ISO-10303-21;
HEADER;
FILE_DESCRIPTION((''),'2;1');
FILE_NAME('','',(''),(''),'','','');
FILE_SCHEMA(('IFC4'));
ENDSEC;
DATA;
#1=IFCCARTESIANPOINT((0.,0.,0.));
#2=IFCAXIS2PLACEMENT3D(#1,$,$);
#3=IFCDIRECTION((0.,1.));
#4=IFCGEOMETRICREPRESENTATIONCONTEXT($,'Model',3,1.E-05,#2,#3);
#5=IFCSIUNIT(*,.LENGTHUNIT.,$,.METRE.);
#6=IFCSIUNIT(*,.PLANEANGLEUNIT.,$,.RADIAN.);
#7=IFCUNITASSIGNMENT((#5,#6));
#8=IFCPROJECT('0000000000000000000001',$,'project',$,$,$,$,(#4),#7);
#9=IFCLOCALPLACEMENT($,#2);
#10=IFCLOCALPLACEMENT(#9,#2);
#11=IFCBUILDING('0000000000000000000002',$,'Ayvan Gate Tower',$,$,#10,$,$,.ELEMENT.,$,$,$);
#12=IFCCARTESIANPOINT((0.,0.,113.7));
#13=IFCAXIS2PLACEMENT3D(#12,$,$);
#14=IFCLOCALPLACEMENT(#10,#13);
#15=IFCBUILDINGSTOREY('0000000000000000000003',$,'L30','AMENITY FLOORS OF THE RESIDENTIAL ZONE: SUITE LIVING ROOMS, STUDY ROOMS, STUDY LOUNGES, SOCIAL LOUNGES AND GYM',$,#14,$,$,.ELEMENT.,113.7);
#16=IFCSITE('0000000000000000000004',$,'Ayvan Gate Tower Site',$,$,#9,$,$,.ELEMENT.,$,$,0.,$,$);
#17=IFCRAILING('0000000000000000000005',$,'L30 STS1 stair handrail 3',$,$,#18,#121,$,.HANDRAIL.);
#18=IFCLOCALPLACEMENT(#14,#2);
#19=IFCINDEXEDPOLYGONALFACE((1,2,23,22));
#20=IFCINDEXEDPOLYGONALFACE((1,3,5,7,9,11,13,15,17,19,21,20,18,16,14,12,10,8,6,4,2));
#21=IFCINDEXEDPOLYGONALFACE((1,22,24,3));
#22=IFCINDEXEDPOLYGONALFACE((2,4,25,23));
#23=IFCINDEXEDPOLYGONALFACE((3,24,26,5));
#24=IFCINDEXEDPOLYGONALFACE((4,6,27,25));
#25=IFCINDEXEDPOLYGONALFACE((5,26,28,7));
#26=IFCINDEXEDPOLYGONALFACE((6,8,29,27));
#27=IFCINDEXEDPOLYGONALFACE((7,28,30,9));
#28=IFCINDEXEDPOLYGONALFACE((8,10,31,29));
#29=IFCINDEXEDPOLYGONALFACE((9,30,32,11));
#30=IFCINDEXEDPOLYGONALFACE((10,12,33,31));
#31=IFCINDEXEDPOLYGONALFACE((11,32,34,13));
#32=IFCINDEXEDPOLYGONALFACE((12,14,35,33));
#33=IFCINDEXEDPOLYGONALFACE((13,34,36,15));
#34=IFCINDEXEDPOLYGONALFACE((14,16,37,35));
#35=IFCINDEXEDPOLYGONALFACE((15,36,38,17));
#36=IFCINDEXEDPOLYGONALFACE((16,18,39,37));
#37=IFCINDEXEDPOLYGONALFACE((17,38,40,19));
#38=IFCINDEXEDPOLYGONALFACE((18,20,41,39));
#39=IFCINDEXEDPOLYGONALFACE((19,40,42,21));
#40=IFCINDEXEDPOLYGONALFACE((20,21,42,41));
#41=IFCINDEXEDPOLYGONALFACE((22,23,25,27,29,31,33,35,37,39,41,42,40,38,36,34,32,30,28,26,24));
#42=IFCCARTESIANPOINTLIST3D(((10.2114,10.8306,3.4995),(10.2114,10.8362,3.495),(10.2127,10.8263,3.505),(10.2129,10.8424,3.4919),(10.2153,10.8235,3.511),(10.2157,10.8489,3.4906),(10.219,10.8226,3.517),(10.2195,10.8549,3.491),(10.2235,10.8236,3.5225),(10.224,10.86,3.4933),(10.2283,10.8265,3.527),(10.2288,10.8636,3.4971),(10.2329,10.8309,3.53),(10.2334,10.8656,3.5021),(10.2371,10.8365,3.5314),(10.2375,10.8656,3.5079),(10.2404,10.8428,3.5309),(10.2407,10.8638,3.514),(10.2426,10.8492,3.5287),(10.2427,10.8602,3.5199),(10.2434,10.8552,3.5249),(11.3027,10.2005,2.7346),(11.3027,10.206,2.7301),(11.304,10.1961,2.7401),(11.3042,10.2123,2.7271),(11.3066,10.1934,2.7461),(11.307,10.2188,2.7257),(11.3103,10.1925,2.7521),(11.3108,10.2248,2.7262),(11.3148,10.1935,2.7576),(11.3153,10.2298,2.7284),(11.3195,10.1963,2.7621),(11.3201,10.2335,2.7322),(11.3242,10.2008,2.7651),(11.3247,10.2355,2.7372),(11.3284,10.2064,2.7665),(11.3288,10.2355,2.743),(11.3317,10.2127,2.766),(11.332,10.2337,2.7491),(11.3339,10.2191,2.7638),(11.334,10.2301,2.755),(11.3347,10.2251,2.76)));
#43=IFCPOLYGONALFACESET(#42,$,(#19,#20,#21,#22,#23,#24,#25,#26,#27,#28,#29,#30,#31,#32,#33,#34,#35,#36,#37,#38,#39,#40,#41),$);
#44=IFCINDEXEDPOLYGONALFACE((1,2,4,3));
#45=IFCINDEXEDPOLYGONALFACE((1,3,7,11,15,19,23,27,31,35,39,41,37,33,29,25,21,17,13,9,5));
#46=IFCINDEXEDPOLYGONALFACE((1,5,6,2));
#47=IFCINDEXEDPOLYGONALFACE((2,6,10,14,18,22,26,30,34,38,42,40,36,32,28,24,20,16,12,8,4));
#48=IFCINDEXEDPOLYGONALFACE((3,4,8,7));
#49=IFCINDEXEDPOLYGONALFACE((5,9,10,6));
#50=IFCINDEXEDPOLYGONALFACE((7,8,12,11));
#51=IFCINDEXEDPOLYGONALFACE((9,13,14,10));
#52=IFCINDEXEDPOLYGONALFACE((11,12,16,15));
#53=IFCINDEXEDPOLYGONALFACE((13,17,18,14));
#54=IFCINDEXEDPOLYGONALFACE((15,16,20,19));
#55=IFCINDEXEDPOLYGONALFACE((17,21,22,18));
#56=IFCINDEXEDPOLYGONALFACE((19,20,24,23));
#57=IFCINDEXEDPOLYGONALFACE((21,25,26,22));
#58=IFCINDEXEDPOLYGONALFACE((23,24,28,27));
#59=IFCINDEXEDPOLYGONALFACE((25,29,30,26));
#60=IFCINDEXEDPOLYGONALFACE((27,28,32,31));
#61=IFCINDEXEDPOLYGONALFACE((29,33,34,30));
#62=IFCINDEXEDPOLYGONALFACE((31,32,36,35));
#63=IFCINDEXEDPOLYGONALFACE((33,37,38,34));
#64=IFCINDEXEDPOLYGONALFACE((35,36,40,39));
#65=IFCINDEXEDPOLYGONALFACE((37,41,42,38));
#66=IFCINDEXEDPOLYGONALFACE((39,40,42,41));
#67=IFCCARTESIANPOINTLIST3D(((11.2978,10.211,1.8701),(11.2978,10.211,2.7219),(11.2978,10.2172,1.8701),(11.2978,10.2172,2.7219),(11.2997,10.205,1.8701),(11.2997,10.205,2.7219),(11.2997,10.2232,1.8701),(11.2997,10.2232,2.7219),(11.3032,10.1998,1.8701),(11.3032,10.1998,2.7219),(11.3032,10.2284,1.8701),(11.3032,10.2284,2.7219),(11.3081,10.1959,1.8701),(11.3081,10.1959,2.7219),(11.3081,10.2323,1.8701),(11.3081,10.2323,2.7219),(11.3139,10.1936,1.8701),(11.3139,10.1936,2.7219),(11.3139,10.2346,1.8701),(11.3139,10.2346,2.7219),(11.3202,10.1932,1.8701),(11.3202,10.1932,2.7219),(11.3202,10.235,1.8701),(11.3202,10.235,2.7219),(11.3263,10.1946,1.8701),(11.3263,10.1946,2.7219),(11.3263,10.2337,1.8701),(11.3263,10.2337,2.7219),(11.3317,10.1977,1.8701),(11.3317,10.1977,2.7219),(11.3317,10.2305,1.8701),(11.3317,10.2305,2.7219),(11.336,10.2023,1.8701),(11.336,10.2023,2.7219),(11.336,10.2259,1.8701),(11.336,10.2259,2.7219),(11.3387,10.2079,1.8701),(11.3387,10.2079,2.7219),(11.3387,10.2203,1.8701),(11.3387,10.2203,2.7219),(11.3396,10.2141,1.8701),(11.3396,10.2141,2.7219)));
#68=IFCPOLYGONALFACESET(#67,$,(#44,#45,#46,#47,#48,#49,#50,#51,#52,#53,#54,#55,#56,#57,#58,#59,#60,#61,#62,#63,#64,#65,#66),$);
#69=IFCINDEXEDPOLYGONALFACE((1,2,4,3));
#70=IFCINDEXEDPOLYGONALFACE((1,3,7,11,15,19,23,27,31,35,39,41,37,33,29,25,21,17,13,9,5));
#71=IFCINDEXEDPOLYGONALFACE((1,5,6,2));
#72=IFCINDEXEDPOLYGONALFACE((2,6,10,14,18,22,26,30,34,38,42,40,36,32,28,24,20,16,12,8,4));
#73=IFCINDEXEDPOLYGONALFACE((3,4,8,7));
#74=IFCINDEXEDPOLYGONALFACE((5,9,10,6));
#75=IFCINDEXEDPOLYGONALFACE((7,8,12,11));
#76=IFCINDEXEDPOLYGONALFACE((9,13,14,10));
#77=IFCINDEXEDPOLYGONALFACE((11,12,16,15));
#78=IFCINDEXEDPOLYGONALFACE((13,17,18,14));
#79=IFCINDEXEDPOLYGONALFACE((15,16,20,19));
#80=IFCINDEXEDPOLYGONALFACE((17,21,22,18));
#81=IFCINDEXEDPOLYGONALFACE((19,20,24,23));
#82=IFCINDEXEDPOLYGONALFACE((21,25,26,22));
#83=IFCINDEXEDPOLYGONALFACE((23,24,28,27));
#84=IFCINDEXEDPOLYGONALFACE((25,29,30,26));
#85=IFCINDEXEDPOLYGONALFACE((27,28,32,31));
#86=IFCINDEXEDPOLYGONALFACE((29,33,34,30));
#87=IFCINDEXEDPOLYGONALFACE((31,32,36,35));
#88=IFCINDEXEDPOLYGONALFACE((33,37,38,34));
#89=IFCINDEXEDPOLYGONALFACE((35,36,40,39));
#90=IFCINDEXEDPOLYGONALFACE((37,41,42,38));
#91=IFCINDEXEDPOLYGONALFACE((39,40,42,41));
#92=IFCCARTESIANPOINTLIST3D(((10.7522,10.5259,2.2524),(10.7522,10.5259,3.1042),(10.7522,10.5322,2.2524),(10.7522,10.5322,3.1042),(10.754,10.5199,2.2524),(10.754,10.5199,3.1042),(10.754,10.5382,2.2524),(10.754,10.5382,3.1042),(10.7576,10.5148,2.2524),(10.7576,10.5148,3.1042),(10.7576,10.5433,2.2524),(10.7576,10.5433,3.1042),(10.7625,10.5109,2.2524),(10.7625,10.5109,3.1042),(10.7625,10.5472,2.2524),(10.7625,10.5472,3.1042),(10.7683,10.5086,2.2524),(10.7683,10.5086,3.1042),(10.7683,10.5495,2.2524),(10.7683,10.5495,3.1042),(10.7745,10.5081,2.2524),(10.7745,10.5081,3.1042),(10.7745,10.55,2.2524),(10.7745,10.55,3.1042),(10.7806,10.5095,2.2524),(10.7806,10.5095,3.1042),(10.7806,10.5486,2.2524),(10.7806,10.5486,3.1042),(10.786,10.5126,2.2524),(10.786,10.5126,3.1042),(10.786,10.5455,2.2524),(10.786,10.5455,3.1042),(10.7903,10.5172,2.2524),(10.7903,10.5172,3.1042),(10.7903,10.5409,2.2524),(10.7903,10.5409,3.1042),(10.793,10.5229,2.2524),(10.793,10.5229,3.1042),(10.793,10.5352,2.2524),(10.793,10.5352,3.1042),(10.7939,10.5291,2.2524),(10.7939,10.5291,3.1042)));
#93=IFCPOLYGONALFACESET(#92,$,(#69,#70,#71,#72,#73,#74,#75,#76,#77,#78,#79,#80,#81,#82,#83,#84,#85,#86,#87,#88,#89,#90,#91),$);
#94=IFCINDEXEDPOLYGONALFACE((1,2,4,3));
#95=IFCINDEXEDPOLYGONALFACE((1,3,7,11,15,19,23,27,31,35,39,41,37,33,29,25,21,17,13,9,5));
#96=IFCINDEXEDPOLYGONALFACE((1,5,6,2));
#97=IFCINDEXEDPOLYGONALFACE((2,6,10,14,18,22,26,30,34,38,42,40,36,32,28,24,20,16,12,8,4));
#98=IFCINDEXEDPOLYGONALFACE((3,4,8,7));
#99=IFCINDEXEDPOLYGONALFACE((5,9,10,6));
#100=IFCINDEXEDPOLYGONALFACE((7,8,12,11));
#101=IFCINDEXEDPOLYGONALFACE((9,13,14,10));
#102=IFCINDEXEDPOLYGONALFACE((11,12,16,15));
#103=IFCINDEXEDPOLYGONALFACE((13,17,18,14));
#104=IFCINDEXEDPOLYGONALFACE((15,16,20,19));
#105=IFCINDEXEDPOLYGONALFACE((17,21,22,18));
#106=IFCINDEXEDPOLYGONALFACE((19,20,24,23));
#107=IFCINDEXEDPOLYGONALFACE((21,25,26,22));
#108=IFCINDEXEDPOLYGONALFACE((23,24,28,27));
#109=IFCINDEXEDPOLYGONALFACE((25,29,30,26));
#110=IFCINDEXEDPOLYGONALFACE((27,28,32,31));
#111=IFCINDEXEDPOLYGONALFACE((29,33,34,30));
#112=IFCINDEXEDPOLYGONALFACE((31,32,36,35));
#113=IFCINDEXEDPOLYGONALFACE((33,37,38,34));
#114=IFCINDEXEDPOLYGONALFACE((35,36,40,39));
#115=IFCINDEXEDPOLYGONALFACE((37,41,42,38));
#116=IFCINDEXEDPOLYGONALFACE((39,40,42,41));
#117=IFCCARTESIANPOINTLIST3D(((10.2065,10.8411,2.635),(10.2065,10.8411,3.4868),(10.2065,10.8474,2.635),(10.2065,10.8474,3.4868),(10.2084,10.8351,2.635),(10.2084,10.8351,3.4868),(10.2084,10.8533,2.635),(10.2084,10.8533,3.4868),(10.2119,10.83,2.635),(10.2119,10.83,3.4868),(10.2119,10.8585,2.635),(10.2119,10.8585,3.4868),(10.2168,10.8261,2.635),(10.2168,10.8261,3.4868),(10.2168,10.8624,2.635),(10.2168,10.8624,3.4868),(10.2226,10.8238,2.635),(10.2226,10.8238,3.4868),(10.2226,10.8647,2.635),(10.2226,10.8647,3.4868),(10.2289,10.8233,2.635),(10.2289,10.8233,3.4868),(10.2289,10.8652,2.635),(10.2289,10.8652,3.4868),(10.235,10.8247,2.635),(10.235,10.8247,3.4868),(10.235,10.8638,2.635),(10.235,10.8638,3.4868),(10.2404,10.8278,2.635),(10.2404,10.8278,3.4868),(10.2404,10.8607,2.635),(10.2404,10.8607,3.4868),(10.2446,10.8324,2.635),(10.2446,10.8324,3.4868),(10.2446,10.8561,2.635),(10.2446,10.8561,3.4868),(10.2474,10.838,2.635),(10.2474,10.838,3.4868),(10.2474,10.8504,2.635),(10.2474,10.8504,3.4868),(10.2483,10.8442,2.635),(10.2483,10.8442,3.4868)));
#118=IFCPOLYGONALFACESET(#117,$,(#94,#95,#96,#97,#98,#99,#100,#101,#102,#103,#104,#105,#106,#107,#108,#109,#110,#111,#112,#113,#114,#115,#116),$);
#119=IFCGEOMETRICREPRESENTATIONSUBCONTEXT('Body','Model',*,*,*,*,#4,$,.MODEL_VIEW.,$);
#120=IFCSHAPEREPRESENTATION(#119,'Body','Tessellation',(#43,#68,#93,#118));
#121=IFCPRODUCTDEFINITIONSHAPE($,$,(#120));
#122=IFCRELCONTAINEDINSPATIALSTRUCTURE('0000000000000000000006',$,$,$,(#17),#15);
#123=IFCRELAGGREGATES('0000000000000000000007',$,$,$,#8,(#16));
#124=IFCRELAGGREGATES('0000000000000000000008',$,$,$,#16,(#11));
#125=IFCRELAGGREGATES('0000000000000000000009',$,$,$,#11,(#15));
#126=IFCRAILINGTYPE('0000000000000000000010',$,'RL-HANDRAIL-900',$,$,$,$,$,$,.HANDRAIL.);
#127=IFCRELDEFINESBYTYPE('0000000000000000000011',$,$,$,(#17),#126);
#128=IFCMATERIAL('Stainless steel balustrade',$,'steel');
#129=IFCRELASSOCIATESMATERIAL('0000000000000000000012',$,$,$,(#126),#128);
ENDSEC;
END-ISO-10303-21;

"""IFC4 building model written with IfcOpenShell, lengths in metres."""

from ifc_helpers import new_model, si_unit, direction, frame, origin, origin_2d, place, context, subcontext, project, spatial, circle, extrude, material, type_object, element, save


model = new_model("IFC4")

# Units and contexts
model_context = context("Model", 3, precision=1e-05, world=origin(), true_north=direction((0.0, 1.0)))
body_context = subcontext(model_context, "Body", "Model", "MODEL_VIEW")
ifc_project = project(units=[si_unit("LENGTHUNIT", "METRE"), si_unit("PLANEANGLEUNIT", "RADIAN")], contexts=[model_context])

# Site, building, storey
site_placement = place(None, origin())
site = spatial("IfcSite", under=ifc_project, at=site_placement, Name="Ayvan Gate Tower Site", CompositionType="ELEMENT", RefElevation=0.0)
building_placement = place(site_placement, origin())
building = spatial("IfcBuilding", under=site, at=building_placement, Name="Ayvan Gate Tower", CompositionType="ELEMENT")
storey_placement = place(building_placement, frame((0.0, 0.0, 113.7)))
storey = spatial("IfcBuildingStorey", under=building, at=storey_placement, Name="L30", Description="AMENITY FLOORS OF THE RESIDENTIAL ZONE: SUITE LIVING ROOMS, STUDY ROOMS, STUDY LOUNGES, SOCIAL LOUNGES AND GYM", CompositionType="ELEMENT", Elevation=113.7)

# Railing
ifc_material_1 = material(Name="Stainless steel balustrade", Category="steel")
railing_type_1 = type_object("IfcRailingType", Name="RL-HANDRAIL-900", PredefinedType="HANDRAIL", material=ifc_material_1)
railing_1_placement = place(storey_placement, frame((11.3186, 10.2141, 1.8701)))
element("IfcRailing", 1, at=railing_1_placement, inside=storey, type_object=railing_type_1, Name="L30 STS1 stair handrail 3", PredefinedType="HANDRAIL", context=body_context, shape_type="SweptSolid", body=[
    extrude(circle(Radius=0.0239, at=origin_2d()), frame((0.0, 0.0, 0.876), z_axis=(-0.740304, 0.427455, 0.518875), x_axis=(-0.500035, -0.866005, 0.0)), (0.0, 0.0, 1.0), 1.4741),
    extrude(circle(Radius=0.021, at=origin_2d()), origin(), (0.0, 0.0, 1.0), 0.8518),
    extrude(circle(Radius=0.021, at=origin_2d()), frame((-0.5457, 0.3149, 0.3823)), (0.0, 0.0, 1.0), 0.8518),
    extrude(circle(Radius=0.021, at=origin_2d()), frame((-1.0913, 0.6301, 0.7649)), (0.0, 0.0, 1.0), 0.8518),
])

save(model, "model.ifc")
